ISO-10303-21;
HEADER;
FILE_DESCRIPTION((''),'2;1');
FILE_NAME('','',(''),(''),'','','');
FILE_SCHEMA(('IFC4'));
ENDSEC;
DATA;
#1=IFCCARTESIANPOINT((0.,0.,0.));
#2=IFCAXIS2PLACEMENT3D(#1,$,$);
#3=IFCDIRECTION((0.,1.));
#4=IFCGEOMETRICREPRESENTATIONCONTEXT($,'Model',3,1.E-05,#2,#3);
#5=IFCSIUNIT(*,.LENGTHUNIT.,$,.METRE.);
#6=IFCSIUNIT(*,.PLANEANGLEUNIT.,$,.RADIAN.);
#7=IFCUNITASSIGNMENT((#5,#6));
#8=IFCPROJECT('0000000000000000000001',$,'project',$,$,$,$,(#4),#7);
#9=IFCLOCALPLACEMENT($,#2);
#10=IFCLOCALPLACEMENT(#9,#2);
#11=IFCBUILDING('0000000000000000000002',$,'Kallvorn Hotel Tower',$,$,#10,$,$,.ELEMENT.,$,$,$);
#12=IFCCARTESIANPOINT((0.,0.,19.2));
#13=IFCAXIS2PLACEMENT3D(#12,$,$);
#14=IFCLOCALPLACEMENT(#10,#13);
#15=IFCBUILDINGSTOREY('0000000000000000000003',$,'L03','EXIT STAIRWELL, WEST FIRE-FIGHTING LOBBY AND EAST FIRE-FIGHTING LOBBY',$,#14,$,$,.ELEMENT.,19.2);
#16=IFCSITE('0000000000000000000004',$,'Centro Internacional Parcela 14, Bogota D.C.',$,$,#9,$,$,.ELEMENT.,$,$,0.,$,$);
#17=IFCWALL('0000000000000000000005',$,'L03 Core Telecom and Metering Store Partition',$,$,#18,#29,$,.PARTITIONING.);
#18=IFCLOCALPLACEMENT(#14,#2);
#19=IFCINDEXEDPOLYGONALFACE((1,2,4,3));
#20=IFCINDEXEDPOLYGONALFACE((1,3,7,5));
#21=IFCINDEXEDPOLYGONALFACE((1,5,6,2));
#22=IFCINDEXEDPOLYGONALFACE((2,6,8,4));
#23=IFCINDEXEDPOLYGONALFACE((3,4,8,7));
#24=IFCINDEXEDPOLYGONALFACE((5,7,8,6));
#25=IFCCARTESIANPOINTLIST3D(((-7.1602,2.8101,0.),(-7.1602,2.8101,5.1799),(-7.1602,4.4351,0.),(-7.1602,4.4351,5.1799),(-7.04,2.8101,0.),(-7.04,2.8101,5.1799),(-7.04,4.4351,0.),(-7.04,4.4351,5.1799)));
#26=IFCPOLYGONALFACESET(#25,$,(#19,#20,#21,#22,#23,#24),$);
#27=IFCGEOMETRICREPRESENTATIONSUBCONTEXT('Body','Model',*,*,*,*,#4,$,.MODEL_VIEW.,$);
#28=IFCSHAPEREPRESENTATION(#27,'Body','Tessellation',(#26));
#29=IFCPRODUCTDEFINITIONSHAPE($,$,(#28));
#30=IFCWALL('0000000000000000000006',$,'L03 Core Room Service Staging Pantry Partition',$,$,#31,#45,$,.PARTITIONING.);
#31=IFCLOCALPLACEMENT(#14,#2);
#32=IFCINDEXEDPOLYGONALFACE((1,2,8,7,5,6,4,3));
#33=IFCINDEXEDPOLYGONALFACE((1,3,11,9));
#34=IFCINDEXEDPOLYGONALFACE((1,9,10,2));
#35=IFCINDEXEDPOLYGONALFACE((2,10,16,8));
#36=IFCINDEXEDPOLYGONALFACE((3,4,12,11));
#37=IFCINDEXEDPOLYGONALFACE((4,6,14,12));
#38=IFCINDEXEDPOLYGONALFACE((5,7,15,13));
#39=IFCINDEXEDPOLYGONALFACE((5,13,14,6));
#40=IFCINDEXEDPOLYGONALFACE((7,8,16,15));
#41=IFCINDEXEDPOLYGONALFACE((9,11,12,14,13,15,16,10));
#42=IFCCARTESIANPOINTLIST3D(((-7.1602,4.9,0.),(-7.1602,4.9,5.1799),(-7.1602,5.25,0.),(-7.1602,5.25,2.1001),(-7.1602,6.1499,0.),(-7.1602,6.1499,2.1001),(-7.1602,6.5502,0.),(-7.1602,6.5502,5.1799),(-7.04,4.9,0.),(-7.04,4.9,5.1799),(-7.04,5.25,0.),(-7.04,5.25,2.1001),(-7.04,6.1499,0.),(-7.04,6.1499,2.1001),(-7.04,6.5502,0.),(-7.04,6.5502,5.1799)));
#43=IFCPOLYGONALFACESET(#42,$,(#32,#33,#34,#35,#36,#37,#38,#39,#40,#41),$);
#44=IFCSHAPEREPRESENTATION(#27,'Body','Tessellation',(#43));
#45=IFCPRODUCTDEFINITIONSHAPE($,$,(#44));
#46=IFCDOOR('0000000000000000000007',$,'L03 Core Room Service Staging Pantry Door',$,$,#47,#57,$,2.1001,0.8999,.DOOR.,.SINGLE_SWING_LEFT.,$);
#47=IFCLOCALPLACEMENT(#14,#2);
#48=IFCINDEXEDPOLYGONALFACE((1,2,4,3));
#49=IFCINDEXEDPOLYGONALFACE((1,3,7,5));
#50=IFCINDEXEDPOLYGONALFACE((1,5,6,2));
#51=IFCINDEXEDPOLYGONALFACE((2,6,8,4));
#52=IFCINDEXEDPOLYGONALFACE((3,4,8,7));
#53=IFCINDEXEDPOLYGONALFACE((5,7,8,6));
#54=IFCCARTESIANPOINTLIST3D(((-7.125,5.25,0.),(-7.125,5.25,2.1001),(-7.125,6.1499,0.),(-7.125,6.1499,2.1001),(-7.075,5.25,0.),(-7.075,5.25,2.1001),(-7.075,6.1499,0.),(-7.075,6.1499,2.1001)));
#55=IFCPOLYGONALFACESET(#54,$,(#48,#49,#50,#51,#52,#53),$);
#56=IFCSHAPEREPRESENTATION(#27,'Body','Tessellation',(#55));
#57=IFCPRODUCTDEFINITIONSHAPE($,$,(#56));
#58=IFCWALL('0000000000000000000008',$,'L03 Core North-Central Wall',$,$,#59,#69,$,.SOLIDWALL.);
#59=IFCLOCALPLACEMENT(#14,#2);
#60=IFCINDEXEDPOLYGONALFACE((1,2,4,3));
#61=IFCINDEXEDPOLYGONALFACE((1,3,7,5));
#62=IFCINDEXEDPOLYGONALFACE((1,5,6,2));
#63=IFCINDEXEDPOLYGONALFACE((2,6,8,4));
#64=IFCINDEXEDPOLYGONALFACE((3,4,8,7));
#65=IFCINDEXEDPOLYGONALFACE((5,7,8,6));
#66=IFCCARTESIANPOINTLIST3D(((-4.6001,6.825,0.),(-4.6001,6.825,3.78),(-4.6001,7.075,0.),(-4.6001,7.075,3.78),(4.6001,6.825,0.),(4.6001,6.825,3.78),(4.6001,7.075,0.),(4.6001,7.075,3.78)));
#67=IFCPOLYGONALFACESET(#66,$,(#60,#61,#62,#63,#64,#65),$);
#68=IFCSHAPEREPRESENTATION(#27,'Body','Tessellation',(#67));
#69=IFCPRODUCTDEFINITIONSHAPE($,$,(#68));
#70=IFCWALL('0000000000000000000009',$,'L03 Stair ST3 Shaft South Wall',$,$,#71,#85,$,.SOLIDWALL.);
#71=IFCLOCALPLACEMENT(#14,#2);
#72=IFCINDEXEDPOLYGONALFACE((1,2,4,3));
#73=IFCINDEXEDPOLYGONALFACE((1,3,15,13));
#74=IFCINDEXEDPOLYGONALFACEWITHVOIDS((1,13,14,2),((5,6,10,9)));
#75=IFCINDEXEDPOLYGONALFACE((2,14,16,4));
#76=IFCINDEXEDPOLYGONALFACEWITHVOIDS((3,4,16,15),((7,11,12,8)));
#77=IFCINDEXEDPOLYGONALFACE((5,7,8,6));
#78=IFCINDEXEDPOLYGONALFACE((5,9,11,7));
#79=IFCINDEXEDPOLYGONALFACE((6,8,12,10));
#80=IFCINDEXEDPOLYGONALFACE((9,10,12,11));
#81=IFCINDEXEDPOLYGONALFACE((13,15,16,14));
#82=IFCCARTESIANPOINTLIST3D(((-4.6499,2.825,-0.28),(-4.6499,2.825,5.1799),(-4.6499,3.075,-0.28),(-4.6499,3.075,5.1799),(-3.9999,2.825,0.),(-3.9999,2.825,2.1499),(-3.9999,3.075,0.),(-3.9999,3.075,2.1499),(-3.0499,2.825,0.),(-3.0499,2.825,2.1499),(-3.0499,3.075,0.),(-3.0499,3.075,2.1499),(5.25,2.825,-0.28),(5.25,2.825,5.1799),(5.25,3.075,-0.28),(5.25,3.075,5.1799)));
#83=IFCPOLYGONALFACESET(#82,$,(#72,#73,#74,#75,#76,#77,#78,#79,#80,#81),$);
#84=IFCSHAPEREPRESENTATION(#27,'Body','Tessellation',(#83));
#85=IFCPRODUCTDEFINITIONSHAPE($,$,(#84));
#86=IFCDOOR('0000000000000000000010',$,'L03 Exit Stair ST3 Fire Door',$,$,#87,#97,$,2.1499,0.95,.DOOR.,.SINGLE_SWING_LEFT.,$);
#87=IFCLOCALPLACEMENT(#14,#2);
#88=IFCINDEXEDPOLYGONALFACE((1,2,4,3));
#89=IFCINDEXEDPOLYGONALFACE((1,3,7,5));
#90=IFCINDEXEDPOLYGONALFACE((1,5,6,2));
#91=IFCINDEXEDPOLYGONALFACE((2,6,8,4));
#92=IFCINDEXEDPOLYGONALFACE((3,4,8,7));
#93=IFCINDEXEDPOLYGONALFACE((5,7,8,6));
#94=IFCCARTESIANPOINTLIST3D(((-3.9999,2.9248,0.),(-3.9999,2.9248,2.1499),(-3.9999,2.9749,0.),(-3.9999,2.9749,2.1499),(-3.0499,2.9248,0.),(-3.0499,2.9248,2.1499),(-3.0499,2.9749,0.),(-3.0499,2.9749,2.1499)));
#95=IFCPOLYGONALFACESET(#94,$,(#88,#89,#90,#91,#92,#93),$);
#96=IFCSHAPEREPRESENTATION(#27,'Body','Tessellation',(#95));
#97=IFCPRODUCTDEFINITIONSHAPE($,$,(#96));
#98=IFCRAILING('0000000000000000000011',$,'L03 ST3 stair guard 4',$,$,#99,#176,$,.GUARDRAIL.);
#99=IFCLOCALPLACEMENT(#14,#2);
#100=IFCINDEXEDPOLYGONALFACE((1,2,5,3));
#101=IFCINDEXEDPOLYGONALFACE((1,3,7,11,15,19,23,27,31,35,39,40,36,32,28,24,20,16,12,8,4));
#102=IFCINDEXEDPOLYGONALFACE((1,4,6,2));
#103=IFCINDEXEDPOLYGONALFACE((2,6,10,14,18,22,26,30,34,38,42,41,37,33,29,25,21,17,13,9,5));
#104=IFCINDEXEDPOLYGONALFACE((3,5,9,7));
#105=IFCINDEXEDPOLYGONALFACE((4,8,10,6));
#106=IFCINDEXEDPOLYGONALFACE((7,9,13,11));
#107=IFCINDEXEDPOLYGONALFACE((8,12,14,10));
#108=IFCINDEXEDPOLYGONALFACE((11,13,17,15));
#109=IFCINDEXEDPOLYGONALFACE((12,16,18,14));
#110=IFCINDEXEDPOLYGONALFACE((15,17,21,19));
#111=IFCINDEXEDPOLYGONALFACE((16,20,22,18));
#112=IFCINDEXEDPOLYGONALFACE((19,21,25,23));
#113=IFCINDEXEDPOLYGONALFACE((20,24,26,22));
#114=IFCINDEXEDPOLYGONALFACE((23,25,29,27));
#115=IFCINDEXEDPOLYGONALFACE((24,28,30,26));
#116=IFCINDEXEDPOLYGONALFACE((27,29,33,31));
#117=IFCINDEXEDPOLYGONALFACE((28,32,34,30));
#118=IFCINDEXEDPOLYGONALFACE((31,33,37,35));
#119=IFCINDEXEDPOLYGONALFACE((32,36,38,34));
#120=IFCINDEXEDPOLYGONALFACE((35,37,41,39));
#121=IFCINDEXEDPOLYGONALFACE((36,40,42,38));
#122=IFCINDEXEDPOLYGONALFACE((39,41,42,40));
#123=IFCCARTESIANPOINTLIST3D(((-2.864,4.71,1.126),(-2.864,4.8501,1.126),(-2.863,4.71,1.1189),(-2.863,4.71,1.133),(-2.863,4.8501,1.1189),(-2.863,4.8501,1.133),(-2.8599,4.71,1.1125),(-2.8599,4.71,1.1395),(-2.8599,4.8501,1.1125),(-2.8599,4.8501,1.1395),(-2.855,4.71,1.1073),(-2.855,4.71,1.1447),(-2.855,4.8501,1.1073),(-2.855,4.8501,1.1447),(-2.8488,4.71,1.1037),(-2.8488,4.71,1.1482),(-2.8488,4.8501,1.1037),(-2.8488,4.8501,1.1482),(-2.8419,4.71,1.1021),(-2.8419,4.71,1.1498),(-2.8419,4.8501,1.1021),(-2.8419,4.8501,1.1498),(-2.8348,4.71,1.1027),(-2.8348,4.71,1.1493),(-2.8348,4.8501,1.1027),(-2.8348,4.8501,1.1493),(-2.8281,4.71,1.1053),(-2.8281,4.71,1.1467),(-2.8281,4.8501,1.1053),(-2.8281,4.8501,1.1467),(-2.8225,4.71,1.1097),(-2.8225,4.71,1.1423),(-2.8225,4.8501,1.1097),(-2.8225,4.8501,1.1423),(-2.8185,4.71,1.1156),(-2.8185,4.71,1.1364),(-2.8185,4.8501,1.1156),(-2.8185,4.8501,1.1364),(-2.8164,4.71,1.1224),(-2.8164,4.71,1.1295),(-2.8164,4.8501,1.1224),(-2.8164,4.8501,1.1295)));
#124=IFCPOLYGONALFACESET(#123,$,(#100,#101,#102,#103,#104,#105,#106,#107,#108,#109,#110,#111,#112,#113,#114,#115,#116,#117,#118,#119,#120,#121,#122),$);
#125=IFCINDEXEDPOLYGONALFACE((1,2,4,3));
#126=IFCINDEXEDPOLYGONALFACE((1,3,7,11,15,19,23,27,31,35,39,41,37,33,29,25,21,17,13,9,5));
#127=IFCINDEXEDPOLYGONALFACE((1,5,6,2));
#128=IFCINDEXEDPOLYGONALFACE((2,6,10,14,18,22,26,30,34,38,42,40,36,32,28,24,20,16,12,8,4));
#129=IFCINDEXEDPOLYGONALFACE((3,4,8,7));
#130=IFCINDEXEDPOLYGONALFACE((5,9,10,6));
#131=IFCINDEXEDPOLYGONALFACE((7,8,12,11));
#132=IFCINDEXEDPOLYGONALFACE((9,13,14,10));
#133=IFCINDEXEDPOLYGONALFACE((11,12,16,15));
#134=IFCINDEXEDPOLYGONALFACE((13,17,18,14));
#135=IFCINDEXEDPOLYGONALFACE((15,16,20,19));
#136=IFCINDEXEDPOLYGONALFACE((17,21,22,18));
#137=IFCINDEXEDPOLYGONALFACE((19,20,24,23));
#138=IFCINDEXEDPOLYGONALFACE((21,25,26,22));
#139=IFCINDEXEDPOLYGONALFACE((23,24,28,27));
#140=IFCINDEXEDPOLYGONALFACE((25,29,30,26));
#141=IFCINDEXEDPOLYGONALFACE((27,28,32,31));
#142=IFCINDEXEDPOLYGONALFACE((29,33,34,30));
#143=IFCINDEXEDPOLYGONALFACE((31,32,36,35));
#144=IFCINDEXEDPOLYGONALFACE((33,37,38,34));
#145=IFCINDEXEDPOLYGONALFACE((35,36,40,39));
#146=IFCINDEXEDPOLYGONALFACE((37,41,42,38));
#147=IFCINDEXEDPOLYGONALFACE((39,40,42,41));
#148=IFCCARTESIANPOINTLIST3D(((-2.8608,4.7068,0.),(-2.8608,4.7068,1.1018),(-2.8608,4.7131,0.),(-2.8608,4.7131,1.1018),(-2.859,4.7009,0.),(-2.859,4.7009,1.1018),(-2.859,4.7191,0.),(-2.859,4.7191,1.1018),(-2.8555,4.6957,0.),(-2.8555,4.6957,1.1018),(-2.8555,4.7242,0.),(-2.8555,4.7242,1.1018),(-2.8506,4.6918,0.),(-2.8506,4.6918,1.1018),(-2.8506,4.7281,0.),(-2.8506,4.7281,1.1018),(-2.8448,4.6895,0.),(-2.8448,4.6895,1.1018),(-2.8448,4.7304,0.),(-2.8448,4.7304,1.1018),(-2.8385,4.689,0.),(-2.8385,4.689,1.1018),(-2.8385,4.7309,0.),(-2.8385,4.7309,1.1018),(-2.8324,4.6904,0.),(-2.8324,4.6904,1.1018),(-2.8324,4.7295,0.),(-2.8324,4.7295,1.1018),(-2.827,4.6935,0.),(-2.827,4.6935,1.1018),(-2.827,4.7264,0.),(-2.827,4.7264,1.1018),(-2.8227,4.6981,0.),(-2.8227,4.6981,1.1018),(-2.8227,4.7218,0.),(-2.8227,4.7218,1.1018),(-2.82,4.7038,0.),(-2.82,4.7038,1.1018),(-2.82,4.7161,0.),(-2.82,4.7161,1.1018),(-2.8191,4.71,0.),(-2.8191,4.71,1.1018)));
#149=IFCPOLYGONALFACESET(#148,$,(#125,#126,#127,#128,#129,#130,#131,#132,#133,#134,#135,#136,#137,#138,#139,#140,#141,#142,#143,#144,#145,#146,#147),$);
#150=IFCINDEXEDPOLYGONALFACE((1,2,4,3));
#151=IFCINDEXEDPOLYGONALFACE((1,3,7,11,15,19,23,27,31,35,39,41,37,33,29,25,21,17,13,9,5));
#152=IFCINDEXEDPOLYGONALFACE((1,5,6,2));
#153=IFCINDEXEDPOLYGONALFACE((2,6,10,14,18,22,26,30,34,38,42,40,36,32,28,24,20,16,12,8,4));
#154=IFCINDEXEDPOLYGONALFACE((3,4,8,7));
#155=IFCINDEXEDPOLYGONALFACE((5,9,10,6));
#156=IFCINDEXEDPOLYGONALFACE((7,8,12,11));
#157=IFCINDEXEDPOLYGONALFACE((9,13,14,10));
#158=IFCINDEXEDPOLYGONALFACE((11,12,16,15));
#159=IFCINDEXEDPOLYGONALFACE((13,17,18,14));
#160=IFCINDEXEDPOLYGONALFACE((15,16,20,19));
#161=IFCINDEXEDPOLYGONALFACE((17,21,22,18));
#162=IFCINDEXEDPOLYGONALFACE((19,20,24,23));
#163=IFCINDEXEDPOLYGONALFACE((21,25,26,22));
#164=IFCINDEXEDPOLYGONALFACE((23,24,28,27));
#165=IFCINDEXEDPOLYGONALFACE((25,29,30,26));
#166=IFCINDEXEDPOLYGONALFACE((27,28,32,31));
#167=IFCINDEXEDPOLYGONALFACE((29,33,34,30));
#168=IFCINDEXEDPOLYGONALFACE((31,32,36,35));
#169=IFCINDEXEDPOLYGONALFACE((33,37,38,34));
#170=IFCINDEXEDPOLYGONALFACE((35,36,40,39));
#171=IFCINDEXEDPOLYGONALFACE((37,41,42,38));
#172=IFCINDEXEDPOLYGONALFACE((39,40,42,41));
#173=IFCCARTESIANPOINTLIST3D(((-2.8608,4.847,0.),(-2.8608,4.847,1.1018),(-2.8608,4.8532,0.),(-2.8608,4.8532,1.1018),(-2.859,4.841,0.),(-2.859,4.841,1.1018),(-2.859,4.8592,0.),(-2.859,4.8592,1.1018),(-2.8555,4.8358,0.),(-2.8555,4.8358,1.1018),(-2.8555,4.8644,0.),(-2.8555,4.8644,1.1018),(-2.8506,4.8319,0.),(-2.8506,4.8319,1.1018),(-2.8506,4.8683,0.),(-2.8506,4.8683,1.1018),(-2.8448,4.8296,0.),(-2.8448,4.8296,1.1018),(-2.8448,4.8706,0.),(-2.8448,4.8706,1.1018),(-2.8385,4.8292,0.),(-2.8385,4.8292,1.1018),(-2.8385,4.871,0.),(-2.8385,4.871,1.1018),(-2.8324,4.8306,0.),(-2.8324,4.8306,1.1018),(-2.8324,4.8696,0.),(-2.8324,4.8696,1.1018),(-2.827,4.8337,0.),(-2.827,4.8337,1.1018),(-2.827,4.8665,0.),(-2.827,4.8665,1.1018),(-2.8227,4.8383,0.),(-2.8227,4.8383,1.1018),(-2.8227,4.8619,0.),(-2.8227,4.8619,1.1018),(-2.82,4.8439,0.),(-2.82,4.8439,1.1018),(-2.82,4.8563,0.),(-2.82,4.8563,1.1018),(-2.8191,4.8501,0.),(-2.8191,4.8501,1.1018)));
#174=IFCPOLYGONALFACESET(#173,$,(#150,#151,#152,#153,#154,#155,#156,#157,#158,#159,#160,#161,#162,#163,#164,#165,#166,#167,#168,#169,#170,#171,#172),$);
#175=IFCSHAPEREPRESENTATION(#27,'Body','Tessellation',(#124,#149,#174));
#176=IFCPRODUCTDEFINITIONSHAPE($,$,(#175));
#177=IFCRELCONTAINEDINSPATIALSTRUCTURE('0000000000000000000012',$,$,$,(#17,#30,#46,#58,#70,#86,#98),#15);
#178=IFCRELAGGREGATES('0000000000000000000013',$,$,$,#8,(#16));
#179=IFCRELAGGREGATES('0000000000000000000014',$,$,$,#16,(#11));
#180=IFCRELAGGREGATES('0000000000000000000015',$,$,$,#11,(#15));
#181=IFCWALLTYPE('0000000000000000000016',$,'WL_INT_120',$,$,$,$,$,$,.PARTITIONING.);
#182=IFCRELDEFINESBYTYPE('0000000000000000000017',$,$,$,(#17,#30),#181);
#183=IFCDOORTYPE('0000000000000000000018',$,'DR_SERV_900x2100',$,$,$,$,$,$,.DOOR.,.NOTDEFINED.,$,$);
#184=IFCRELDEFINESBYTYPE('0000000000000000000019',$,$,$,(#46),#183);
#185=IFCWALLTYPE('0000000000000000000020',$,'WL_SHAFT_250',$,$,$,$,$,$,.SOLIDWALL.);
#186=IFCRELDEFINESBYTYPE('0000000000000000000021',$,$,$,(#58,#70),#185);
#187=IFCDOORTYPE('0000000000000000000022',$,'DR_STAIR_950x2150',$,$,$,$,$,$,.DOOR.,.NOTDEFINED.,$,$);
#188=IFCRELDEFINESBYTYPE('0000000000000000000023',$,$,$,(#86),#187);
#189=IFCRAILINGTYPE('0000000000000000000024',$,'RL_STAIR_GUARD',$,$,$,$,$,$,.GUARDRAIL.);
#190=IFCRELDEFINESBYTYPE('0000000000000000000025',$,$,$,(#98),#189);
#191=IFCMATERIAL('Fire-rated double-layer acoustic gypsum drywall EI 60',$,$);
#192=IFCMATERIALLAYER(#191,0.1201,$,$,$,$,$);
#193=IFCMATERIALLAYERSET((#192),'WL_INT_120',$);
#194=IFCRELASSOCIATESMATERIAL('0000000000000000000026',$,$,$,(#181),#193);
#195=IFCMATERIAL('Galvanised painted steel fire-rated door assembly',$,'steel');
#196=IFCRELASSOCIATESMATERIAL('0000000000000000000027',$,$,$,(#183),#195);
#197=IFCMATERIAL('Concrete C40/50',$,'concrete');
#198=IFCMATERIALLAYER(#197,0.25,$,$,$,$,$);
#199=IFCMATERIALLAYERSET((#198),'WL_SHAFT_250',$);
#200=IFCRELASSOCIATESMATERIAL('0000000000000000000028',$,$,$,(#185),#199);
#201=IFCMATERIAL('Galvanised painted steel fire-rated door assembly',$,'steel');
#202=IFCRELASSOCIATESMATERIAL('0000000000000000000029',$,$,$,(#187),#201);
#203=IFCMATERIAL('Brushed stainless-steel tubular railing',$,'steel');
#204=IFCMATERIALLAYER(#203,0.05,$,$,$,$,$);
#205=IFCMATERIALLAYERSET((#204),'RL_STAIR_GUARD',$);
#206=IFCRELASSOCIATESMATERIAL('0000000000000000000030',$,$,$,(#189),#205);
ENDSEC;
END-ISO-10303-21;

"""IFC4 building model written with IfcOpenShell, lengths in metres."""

from ifc_helpers import new_model, si_unit, direction, frame, frame_2d, origin, origin_2d, place, context, subcontext, project, spatial, rectangle, circle, extrude, material, layer, layer_set, type_object, element, fill, save


model = new_model("IFC4")

# Units and contexts
model_context = context("Model", 3, precision=1e-05, world=origin(), true_north=direction((0.0, 1.0)))
body_context = subcontext(model_context, "Body", "Model", "MODEL_VIEW")
ifc_project = project(units=[si_unit("LENGTHUNIT", "METRE"), si_unit("PLANEANGLEUNIT", "RADIAN")], contexts=[model_context])

# Site, building, storey
site_placement = place(None, origin())
site = spatial("IfcSite", under=ifc_project, at=site_placement, Name="Centro Internacional Parcela 14, Bogota D.C.", CompositionType="ELEMENT", RefElevation=0.0)
building_placement = place(site_placement, origin())
building = spatial("IfcBuilding", under=site, at=building_placement, Name="Kallvorn Hotel Tower", CompositionType="ELEMENT")
storey_placement = place(building_placement, frame((0.0, 0.0, 19.2)))
storey = spatial("IfcBuildingStorey", under=building, at=storey_placement, Name="L03", Description="EXIT STAIRWELL, WEST FIRE-FIGHTING LOBBY AND EAST FIRE-FIGHTING LOBBY", CompositionType="ELEMENT", Elevation=19.2)

# Wall
ifc_material_1 = material(Name="Fire-rated double-layer acoustic gypsum drywall EI 60")
ifc_layer_1 = layer(ifc_material_1, 0.1201)
ifc_layer_set_1 = layer_set([ifc_layer_1], Name="WL_INT_120")
wall_type_1 = type_object("IfcWallType", Name="WL_INT_120", PredefinedType="PARTITIONING", material=ifc_layer_set_1)
wall_1_placement = place(storey_placement, frame((-7.1001, 2.8101, 0.0), z_axis=(0.0, 0.0, 1.0), x_axis=(0.0, 1.0, 0.0)))
element("IfcWall", 1, at=wall_1_placement, inside=storey, type_object=wall_type_1, Name="L03 Core Telecom and Metering Store Partition", PredefinedType="PARTITIONING", context=body_context, shape_type="SweptSolid", body=[
    extrude(rectangle(XDim=1.625, YDim=0.1201, at=frame_2d((0.8125, 0.0))), origin(), (0.0, 0.0, 1.0), 5.1799),
])

# Wall, opening, door
wall_2_placement = place(storey_placement, frame((-7.1001, 4.8999, 0.0), z_axis=(0.0, 0.0, 1.0), x_axis=(0.0, 1.0, 0.0)))
wall_2 = element("IfcWall", 2, at=wall_2_placement, inside=storey, type_object=wall_type_1, Name="L03 Core Room Service Staging Pantry Partition", PredefinedType="PARTITIONING", context=body_context, shape_type="SweptSolid", body=[
    extrude(rectangle(XDim=1.6501, YDim=0.1201, at=frame_2d((0.8252, 0.0))), origin(), (0.0, 0.0, 1.0), 5.1799),
])
opening_1_placement = place(wall_2_placement, frame((0.3501, 0.0, 0.0)))
opening_1 = element("IfcOpeningElement", 3, at=opening_1_placement, cuts=wall_2, PredefinedType="OPENING", context=body_context, shape_type="SweptSolid", body=[
    extrude(rectangle(XDim=0.8999, YDim=2.1001, at=frame_2d((0.45, 1.05))), frame((0.0, 0.075, 0.0), z_axis=(0.0, -1.0, 0.0), x_axis=(1.0, 0.0, 0.0)), (0.0, 0.0, 1.0), 0.1501),
])
ifc_material_2 = material(Name="Galvanised painted steel fire-rated door assembly", Category="steel")
door_type_1 = type_object("IfcDoorType", Name="DR_SERV_900x2100", OperationType="NOTDEFINED", PredefinedType="DOOR", material=ifc_material_2)
door_1_placement = place(opening_1_placement, origin())
door_1 = element("IfcDoor", 4, at=door_1_placement, inside=storey, type_object=door_type_1, Name="L03 Core Room Service Staging Pantry Door", OperationType="SINGLE_SWING_LEFT", OverallHeight=2.1001, OverallWidth=0.8999, PredefinedType="DOOR", context=body_context, shape_type="SweptSolid", body=[
    extrude(rectangle(XDim=0.8999, YDim=2.1001, at=frame_2d((0.45, 1.05))), frame((0.0, 0.0249, 0.0), z_axis=(0.0, -1.0, 0.0), x_axis=(1.0, 0.0, 0.0)), (0.0, 0.0, 1.0), 0.05),
])
fill(opening_1, door_1)

# Wall
ifc_material_3 = material(Name="Concrete C40/50", Category="concrete")
ifc_layer_2 = layer(ifc_material_3, 0.25)
ifc_layer_set_2 = layer_set([ifc_layer_2], Name="WL_SHAFT_250")
wall_type_2 = type_object("IfcWallType", Name="WL_SHAFT_250", PredefinedType="SOLIDWALL", material=ifc_layer_set_2)
wall_3_placement = place(storey_placement, frame((-4.6001, 6.95, 0.0), z_axis=(0.0, 0.0, 1.0), x_axis=(1.0, 0.0, 0.0)))
element("IfcWall", 5, at=wall_3_placement, inside=storey, type_object=wall_type_2, Name="L03 Core North-Central Wall", PredefinedType="SOLIDWALL", context=body_context, shape_type="SweptSolid", body=[
    extrude(rectangle(XDim=9.2002, YDim=0.25, at=frame_2d((4.6001, 0.0))), origin(), (0.0, 0.0, 1.0), 3.78),
])

# Wall, opening, door
wall_4_placement = place(storey_placement, frame((-4.6499, 2.95, -0.28), z_axis=(0.0, 0.0, 1.0), x_axis=(1.0, 0.0, 0.0)))
wall_4 = element("IfcWall", 6, at=wall_4_placement, inside=storey, type_object=wall_type_2, Name="L03 Stair ST3 Shaft South Wall", PredefinedType="SOLIDWALL", context=body_context, shape_type="SweptSolid", body=[
    extrude(rectangle(XDim=9.8999, YDim=0.25, at=frame_2d((4.95, 0.0))), origin(), (0.0, 0.0, 1.0), 5.46),
])
opening_2_placement = place(wall_4_placement, frame((0.6499, 0.0, 0.28)))
opening_2 = element("IfcOpeningElement", 7, at=opening_2_placement, cuts=wall_4, PredefinedType="OPENING", context=body_context, shape_type="SweptSolid", body=[
    extrude(rectangle(XDim=0.95, YDim=2.1499, at=frame_2d((0.4751, 1.075))), frame((0.0, 0.1399, 0.0), z_axis=(0.0, -1.0, 0.0), x_axis=(1.0, 0.0, 0.0)), (0.0, 0.0, 1.0), 0.28),
])
ifc_material_4 = material(Name="Galvanised painted steel fire-rated door assembly", Category="steel")
door_type_2 = type_object("IfcDoorType", Name="DR_STAIR_950x2150", OperationType="NOTDEFINED", PredefinedType="DOOR", material=ifc_material_4)
door_2_placement = place(opening_2_placement, origin())
door_2 = element("IfcDoor", 8, at=door_2_placement, inside=storey, type_object=door_type_2, Name="L03 Exit Stair ST3 Fire Door", OperationType="SINGLE_SWING_LEFT", OverallHeight=2.1499, OverallWidth=0.95, PredefinedType="DOOR", context=body_context, shape_type="SweptSolid", body=[
    extrude(rectangle(XDim=0.95, YDim=2.1499, at=frame_2d((0.4751, 1.075))), frame((0.0, 0.0249, 0.0), z_axis=(0.0, -1.0, 0.0), x_axis=(1.0, 0.0, 0.0)), (0.0, 0.0, 1.0), 0.05),
])
fill(opening_2, door_2)

# Railing
ifc_material_5 = material(Name="Brushed stainless-steel tubular railing", Category="steel")
ifc_layer_3 = layer(ifc_material_5, 0.05)
ifc_layer_set_3 = layer_set([ifc_layer_3], Name="RL_STAIR_GUARD")
railing_type = type_object("IfcRailingType", Name="RL_STAIR_GUARD", PredefinedType="GUARDRAIL", material=ifc_layer_set_3)
railing_placement = place(storey_placement, frame((-2.8401, 4.71, 0.0)))
element("IfcRailing", 9, at=railing_placement, inside=storey, type_object=railing_type, Name="L03 ST3 stair guard 4", PredefinedType="GUARDRAIL", context=body_context, shape_type="SweptSolid", body=[
    extrude(circle(Radius=0.0239, at=origin_2d()), frame((0.0, 0.0, 1.126), z_axis=(0.0, 1.0, 0.0), x_axis=(-1.0, 0.0, 0.0)), (0.0, 0.0, 1.0), 0.1401),
    extrude(circle(Radius=0.021, at=origin_2d()), origin(), (0.0, 0.0, 1.0), 1.1018),
    extrude(circle(Radius=0.021, at=origin_2d()), frame((0.0, 0.1401, 0.0)), (0.0, 0.0, 1.0), 1.1018),
])

save(model, "model.ifc")
